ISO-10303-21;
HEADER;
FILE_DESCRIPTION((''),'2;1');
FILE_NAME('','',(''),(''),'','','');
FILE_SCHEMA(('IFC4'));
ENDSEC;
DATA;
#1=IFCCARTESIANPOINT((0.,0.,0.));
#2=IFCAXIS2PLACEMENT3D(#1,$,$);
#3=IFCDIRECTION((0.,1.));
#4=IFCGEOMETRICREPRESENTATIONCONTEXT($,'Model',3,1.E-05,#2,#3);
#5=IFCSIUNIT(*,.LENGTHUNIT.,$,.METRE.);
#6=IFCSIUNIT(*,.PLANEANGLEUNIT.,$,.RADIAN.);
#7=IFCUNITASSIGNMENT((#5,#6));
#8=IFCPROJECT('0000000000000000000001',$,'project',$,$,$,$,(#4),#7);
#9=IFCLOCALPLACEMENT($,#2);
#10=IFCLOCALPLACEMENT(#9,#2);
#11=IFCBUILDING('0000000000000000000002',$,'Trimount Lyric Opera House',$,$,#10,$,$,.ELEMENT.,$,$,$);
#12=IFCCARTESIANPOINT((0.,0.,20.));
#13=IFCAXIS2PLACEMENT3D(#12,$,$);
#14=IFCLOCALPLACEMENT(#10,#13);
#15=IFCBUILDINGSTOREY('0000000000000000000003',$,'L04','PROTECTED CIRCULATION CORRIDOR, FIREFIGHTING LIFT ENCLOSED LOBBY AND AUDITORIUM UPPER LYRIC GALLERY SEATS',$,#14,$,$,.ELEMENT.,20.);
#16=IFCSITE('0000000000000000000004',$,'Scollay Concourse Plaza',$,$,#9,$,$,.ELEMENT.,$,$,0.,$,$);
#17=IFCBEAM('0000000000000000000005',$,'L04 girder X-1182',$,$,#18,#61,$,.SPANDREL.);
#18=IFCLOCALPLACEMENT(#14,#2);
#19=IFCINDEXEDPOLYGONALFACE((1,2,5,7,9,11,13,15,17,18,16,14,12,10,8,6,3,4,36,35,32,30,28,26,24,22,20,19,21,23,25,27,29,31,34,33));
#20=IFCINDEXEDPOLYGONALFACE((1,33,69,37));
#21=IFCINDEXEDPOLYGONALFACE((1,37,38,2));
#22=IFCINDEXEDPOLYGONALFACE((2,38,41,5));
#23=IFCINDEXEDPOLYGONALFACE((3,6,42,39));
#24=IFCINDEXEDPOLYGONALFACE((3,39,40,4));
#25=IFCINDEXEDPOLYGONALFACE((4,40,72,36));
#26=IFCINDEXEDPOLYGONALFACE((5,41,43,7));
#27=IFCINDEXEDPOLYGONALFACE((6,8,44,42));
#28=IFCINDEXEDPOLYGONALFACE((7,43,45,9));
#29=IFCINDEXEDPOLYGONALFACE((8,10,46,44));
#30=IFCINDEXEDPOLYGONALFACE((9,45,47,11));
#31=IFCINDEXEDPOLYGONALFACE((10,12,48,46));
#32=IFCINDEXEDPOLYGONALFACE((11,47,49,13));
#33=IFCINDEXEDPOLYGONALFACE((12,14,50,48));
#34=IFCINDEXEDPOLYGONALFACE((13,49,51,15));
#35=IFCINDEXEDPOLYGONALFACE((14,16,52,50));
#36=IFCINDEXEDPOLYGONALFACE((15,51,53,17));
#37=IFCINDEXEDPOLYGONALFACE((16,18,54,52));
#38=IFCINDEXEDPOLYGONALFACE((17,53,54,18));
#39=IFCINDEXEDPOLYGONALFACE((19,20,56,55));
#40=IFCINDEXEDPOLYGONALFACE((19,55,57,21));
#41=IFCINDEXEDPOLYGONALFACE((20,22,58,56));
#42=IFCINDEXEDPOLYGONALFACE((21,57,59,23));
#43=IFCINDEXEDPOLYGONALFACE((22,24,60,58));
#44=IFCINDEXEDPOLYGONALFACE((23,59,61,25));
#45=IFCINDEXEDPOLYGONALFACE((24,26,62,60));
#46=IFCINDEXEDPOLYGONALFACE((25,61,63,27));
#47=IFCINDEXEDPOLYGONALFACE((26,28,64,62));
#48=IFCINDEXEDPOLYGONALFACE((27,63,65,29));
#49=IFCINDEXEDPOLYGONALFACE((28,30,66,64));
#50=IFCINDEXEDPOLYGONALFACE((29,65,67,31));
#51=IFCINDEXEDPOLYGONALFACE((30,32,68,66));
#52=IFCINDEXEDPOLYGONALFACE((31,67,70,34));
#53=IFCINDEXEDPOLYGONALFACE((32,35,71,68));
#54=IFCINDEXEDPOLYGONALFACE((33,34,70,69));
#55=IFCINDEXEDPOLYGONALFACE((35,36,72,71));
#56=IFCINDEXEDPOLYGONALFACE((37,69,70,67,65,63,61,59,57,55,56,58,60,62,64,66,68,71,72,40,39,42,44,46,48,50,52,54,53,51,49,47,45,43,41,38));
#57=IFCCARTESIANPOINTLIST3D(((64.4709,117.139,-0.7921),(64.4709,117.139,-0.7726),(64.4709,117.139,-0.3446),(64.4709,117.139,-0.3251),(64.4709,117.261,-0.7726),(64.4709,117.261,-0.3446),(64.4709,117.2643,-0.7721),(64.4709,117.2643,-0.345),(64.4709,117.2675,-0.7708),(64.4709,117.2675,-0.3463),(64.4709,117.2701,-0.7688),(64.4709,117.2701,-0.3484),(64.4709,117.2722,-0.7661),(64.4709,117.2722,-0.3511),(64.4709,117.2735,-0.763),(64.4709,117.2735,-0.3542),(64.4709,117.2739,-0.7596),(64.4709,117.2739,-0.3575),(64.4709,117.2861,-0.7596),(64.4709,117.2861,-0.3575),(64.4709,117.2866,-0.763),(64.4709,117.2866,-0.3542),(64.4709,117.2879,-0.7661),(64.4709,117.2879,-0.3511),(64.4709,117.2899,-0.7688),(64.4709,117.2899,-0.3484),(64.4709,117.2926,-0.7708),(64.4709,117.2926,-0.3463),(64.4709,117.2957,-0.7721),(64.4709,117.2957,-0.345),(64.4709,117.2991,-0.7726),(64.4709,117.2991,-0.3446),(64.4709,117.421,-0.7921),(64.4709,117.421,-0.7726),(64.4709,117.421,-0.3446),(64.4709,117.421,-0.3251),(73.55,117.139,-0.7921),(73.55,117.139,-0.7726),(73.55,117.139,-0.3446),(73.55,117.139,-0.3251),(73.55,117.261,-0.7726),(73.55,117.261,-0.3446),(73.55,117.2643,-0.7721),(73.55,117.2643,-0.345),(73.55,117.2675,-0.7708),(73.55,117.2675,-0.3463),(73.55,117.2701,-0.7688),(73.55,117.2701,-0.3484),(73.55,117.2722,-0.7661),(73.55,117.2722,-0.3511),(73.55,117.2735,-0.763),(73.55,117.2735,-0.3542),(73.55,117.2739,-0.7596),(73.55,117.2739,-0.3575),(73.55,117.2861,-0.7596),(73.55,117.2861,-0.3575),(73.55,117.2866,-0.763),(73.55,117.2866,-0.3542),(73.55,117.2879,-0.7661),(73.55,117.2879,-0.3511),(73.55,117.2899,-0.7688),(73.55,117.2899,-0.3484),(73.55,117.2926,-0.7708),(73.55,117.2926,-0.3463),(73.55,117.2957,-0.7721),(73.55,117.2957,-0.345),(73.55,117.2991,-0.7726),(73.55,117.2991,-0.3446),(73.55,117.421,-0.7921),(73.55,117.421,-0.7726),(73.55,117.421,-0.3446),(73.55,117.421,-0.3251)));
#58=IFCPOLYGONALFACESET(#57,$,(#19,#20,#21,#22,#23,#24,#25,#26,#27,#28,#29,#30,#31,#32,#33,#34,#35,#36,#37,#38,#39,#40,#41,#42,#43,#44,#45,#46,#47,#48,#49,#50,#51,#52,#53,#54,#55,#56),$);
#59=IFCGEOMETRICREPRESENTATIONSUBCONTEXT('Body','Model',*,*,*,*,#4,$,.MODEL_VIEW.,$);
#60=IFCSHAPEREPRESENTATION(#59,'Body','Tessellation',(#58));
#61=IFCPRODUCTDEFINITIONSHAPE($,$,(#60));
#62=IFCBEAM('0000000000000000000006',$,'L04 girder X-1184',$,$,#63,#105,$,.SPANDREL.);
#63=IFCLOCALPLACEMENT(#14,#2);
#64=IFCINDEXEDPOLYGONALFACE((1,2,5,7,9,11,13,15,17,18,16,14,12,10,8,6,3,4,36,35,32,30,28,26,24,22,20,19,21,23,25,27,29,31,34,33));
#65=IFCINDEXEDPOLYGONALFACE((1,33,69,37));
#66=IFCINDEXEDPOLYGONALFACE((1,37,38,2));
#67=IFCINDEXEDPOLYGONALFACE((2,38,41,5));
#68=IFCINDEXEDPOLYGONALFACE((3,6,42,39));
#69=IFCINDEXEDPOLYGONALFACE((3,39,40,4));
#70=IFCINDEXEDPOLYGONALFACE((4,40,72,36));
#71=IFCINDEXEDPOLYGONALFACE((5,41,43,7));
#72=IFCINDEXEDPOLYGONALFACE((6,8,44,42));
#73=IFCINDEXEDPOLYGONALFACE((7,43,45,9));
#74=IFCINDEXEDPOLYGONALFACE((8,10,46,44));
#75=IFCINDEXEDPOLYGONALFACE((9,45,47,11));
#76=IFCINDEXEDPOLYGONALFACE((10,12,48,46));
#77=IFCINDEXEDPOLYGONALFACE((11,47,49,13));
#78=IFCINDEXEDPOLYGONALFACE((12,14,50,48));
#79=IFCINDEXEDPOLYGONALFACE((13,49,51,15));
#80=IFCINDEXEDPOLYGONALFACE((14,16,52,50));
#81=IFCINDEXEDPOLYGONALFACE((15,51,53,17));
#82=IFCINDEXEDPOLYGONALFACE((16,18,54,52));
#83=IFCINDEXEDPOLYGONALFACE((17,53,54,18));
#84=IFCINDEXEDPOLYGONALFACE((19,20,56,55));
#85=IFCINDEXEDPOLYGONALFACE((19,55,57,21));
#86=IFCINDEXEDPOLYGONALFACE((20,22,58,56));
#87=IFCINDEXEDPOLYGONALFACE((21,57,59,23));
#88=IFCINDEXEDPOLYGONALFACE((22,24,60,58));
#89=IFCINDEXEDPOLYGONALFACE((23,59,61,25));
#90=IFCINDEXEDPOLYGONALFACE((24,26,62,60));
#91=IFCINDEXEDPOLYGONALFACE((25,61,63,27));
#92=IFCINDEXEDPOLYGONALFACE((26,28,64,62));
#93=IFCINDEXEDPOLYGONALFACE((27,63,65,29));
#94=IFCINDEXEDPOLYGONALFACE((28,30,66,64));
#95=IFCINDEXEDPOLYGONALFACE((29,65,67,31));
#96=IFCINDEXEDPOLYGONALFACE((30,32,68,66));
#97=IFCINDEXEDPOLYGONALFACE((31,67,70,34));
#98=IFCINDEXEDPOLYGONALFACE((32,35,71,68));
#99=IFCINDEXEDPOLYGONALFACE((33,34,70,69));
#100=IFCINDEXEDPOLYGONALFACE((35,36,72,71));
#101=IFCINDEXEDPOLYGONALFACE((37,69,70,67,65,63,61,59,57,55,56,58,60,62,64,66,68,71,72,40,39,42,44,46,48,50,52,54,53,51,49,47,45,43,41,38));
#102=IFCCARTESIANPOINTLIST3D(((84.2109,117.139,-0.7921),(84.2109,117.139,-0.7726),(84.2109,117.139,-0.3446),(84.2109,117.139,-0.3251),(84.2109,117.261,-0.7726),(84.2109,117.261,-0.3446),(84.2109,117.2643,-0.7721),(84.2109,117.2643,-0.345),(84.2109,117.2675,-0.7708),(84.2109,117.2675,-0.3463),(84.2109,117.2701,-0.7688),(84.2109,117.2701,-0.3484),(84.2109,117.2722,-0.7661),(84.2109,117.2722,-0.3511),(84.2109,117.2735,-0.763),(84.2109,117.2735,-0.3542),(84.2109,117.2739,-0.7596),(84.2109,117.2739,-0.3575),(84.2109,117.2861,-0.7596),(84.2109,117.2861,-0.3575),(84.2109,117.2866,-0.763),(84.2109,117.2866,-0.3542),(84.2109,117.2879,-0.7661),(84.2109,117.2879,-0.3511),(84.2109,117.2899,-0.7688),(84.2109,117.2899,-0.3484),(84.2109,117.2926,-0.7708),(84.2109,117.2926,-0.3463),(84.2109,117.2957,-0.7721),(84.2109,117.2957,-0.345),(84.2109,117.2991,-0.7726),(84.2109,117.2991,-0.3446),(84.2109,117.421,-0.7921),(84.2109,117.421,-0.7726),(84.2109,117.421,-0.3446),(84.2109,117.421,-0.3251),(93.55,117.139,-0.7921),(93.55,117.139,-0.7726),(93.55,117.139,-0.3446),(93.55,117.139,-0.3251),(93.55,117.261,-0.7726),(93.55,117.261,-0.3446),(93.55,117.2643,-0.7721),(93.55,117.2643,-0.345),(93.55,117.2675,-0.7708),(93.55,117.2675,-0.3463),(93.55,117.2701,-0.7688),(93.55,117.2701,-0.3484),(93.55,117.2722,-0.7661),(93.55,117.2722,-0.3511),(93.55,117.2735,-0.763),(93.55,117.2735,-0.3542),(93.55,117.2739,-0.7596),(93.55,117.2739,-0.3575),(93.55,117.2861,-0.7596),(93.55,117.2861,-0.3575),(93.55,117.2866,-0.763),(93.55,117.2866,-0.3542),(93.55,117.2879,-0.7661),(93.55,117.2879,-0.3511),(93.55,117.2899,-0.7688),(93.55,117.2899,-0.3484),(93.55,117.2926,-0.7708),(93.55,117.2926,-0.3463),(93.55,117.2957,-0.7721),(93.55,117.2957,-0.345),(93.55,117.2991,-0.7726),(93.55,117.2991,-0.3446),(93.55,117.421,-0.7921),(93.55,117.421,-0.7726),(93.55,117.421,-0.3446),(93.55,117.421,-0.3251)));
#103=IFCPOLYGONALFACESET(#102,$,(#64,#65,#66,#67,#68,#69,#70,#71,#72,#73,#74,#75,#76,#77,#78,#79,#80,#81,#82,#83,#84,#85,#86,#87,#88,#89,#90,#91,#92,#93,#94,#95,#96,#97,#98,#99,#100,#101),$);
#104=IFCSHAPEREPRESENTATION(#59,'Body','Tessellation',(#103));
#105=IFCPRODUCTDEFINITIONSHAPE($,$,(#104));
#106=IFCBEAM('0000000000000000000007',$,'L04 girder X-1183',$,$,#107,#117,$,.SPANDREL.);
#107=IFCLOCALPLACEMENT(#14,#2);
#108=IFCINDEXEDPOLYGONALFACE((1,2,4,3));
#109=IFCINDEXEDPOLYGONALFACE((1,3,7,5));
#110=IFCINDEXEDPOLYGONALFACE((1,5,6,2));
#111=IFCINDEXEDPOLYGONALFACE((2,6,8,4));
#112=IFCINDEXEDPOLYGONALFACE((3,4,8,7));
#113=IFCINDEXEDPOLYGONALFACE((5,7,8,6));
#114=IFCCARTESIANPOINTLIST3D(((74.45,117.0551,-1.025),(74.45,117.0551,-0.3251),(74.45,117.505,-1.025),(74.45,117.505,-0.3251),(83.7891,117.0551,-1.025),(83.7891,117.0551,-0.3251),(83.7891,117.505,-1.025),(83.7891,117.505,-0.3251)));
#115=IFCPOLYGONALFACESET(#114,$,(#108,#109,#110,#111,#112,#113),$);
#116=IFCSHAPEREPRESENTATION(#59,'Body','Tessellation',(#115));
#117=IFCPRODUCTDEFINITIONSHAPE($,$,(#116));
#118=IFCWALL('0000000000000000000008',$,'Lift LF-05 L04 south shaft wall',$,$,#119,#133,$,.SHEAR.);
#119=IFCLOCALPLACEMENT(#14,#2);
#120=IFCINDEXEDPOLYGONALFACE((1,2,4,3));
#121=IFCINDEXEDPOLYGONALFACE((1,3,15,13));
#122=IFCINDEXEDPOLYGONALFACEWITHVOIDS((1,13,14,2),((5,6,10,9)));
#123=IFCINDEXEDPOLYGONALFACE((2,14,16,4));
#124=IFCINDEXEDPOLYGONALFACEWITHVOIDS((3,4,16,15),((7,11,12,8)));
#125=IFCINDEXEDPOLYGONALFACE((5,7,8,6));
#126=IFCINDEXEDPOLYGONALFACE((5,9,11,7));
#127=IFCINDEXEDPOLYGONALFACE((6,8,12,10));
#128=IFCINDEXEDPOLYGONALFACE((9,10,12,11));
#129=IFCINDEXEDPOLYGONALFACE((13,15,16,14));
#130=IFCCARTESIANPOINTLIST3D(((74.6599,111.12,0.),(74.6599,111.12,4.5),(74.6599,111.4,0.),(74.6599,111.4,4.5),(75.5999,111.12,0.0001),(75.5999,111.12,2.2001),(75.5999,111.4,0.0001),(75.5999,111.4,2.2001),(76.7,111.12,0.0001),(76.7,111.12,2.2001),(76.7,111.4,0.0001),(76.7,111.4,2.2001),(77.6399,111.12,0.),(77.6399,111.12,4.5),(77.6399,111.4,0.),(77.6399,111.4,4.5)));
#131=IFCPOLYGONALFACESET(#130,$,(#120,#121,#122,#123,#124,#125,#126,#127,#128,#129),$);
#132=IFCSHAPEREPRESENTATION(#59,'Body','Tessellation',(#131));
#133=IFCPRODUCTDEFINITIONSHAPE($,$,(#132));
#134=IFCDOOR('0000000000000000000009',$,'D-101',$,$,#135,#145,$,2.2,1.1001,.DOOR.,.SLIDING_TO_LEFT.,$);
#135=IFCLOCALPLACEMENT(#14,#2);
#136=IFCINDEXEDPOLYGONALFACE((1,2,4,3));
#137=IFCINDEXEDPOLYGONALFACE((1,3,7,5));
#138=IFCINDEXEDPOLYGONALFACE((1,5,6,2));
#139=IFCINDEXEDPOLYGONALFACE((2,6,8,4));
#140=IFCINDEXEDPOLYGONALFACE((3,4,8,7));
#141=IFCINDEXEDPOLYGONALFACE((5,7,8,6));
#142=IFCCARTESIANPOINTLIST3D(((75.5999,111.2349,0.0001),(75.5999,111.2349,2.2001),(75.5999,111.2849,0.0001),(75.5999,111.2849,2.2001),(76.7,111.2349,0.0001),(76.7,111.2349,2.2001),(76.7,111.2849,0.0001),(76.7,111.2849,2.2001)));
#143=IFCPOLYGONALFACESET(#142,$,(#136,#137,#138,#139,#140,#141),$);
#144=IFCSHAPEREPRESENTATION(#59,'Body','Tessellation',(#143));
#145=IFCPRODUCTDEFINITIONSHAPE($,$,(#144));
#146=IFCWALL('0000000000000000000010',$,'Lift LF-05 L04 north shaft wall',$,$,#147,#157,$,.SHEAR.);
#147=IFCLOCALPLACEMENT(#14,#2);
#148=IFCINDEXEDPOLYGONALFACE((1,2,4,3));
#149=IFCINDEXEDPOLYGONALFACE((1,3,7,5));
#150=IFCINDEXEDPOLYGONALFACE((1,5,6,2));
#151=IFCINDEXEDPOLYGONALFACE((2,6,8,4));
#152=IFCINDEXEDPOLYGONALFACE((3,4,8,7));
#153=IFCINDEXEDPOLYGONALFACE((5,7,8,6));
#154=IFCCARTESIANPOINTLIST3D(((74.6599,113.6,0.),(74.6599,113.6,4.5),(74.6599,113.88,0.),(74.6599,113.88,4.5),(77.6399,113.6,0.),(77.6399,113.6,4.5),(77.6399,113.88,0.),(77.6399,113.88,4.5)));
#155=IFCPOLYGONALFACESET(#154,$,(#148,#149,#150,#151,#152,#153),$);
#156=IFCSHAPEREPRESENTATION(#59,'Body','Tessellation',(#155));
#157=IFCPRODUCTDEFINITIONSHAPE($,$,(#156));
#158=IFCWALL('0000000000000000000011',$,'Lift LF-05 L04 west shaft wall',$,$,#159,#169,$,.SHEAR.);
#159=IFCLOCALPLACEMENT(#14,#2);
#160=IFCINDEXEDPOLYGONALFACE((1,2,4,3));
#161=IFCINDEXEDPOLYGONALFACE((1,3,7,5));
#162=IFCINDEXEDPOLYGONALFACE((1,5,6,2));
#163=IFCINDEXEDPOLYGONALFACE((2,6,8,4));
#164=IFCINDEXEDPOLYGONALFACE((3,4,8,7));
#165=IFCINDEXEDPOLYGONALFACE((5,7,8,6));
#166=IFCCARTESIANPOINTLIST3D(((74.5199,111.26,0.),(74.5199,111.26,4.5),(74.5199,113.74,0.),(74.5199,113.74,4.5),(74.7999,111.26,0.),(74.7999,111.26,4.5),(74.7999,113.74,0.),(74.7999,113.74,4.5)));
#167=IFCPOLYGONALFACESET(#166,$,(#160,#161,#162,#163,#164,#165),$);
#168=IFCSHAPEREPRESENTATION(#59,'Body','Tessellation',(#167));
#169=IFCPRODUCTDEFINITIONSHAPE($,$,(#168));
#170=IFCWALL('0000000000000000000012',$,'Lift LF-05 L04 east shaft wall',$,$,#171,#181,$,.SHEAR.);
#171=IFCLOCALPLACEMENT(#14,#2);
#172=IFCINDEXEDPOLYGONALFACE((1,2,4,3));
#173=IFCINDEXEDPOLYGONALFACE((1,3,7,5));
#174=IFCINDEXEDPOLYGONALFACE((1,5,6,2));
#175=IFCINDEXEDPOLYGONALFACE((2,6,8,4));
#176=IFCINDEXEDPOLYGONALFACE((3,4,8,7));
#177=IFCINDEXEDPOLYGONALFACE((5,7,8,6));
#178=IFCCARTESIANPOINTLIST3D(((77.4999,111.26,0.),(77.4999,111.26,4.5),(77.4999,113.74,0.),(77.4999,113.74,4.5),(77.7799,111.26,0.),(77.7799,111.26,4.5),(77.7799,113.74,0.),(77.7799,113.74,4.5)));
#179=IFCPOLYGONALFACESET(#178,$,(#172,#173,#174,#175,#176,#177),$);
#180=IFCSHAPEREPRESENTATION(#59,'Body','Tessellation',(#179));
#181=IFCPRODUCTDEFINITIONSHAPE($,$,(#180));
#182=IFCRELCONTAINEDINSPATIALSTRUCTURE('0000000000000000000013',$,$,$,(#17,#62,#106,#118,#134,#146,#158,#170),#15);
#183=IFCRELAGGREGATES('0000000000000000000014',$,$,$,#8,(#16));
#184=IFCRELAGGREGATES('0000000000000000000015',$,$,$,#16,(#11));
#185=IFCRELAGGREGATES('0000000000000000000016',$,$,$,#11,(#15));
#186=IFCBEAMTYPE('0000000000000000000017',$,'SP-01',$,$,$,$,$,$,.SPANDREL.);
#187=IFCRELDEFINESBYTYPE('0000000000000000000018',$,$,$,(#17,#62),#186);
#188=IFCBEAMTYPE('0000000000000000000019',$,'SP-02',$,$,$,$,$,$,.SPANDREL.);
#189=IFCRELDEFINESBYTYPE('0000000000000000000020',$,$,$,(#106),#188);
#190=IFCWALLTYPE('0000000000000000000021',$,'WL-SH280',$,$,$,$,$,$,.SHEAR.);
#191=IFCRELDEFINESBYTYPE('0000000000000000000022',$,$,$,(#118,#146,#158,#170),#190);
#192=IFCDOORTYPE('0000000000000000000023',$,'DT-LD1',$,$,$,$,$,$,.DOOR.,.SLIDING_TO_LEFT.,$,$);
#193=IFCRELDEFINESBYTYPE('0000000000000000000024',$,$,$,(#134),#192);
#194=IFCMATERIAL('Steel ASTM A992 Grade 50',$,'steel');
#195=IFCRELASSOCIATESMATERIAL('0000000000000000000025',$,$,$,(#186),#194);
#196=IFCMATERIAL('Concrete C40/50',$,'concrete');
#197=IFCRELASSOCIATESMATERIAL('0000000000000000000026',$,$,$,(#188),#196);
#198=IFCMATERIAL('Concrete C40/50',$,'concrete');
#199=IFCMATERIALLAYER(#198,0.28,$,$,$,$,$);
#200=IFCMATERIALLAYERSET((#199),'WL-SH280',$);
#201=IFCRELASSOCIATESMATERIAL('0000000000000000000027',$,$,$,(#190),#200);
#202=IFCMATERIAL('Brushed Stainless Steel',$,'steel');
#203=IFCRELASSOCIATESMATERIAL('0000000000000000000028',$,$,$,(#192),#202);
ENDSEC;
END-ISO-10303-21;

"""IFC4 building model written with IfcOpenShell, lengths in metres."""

from ifc_helpers import new_model, si_unit, direction, frame, frame_2d, origin, origin_2d, place, context, subcontext, project, spatial, rectangle, i_section, extrude, material, layer, layer_set, material_profile, profile_set, type_object, element, fill, save


model = new_model("IFC4")

# Units and contexts
model_context = context("Model", 3, precision=1e-05, world=origin(), true_north=direction((0.0, 1.0)))
body_context = subcontext(model_context, "Body", "Model", "MODEL_VIEW")
ifc_project = project(units=[si_unit("LENGTHUNIT", "METRE"), si_unit("PLANEANGLEUNIT", "RADIAN")], contexts=[model_context])

# Site, building, storey
site_placement = place(None, origin())
site = spatial("IfcSite", under=ifc_project, at=site_placement, Name="Scollay Concourse Plaza", CompositionType="ELEMENT", RefElevation=0.0)
building_placement = place(site_placement, origin())
building = spatial("IfcBuilding", under=site, at=building_placement, Name="Trimount Lyric Opera House", CompositionType="ELEMENT")
storey_placement = place(building_placement, frame((0.0, 0.0, 20.0)))
storey = spatial("IfcBuildingStorey", under=building, at=storey_placement, Name="L04", Description="PROTECTED CIRCULATION CORRIDOR, FIREFIGHTING LIFT ENCLOSED LOBBY AND AUDITORIUM UPPER LYRIC GALLERY SEATS", CompositionType="ELEMENT", Elevation=20.0)

# Beams
ifc_material_1 = material(Name="Steel ASTM A992 Grade 50", Category="steel")
ifc_material_profile_1 = material_profile(ifc_material_1, i_section(OverallWidth=0.282, OverallDepth=0.467, WebThickness=0.0122, FlangeThickness=0.0195, FilletRadius=0.0129, at=origin_2d()), Name="W18X86")
ifc_profile_set_1 = profile_set([ifc_material_profile_1], Name="Steel ASTM A992 Grade 50")
beam_type_1 = type_object("IfcBeamType", Name="SP-01", PredefinedType="SPANDREL", material=ifc_profile_set_1)
beam_1_placement = place(storey_placement, frame((64.4709, 117.28, -0.5586), z_axis=(1.0, 0.0, 0.0), x_axis=(0.0, 1.0, 0.0)))
element("IfcBeam", 1, at=beam_1_placement, inside=storey, type_object=beam_type_1, Name="L04 girder X-1182", PredefinedType="SPANDREL", context=body_context, shape_type="SweptSolid", body=[
    extrude(i_section(OverallWidth=0.282, OverallDepth=0.467, WebThickness=0.0122, FlangeThickness=0.0195, FilletRadius=0.0129, at=origin_2d()), origin(), (0.0, 0.0, 1.0), 9.0791),
])
beam_2_placement = place(storey_placement, frame((84.2109, 117.28, -0.5586), z_axis=(1.0, 0.0, 0.0), x_axis=(0.0, 1.0, 0.0)))
element("IfcBeam", 2, at=beam_2_placement, inside=storey, type_object=beam_type_1, Name="L04 girder X-1184", PredefinedType="SPANDREL", context=body_context, shape_type="SweptSolid", body=[
    extrude(i_section(OverallWidth=0.282, OverallDepth=0.467, WebThickness=0.0122, FlangeThickness=0.0195, FilletRadius=0.0129, at=origin_2d()), origin(), (0.0, 0.0, 1.0), 9.3391),
])
ifc_material_2 = material(Name="Concrete C40/50", Category="concrete")
ifc_material_profile_2 = material_profile(ifc_material_2, rectangle(XDim=0.45, YDim=0.7, at=origin_2d()), Name="RC450X700")
ifc_profile_set_2 = profile_set([ifc_material_profile_2], Name="Concrete C40/50")
beam_type_2 = type_object("IfcBeamType", Name="SP-02", PredefinedType="SPANDREL", material=ifc_profile_set_2)
beam_3_placement = place(storey_placement, frame((74.45, 117.28, -0.675), z_axis=(1.0, 0.0, 0.0), x_axis=(0.0, 1.0, 0.0)))
element("IfcBeam", 3, at=beam_3_placement, inside=storey, type_object=beam_type_2, Name="L04 girder X-1183", PredefinedType="SPANDREL", context=body_context, shape_type="SweptSolid", body=[
    extrude(rectangle(XDim=0.45, YDim=0.7, at=origin_2d()), origin(), (0.0, 0.0, 1.0), 9.3391),
])

# Wall, opening, door
ifc_material_3 = material(Name="Concrete C40/50", Category="concrete")
ifc_layer_1 = layer(ifc_material_3, 0.28)
ifc_layer_set_1 = layer_set([ifc_layer_1], Name="WL-SH280")
wall_type_1 = type_object("IfcWallType", Name="WL-SH280", PredefinedType="SHEAR", material=ifc_layer_set_1)
wall_1_placement = place(storey_placement, frame((74.6599, 111.26, 0.0), z_axis=(0.0, 0.0, 1.0), x_axis=(1.0, 0.0, 0.0)))
wall_1 = element("IfcWall", 4, at=wall_1_placement, inside=storey, type_object=wall_type_1, Name="Lift LF-05 L04 south shaft wall", PredefinedType="SHEAR", context=body_context, shape_type="SweptSolid", body=[
    extrude(rectangle(XDim=2.98, YDim=0.28, at=frame_2d((1.49, 0.0))), origin(), (0.0, 0.0, 1.0), 4.5),
])
opening_1_placement = place(wall_1_placement, frame((0.9399, 0.0, 0.0)))
opening_1 = element("IfcOpeningElement", 5, at=opening_1_placement, cuts=wall_1, PredefinedType="OPENING", context=body_context, shape_type="SweptSolid", body=[
    extrude(rectangle(XDim=1.1001, YDim=2.2, at=frame_2d((0.55, 1.1001))), frame((0.0, 0.1499, 0.0), z_axis=(0.0, -1.0, 0.0), x_axis=(1.0, 0.0, 0.0)), (0.0, 0.0, 1.0), 0.3),
])
ifc_material_4 = material(Name="Brushed Stainless Steel", Category="steel")
door_type_1 = type_object("IfcDoorType", Name="DT-LD1", OperationType="SLIDING_TO_LEFT", PredefinedType="DOOR", material=ifc_material_4)
door_1_placement = place(opening_1_placement, origin())
door_1 = element("IfcDoor", 6, at=door_1_placement, inside=storey, type_object=door_type_1, Name="D-101", OperationType="SLIDING_TO_LEFT", OverallHeight=2.2, OverallWidth=1.1001, PredefinedType="DOOR", context=body_context, shape_type="SweptSolid", body=[
    extrude(rectangle(XDim=1.1001, YDim=2.2, at=frame_2d((0.55, 1.1001))), frame((0.0, 0.0249, 0.0), z_axis=(0.0, -1.0, 0.0), x_axis=(1.0, 0.0, 0.0)), (0.0, 0.0, 1.0), 0.05),
])
fill(opening_1, door_1)

# Walls
wall_2_placement = place(storey_placement, frame((77.6399, 113.74, 0.0), z_axis=(0.0, 0.0, 1.0), x_axis=(-1.0, 0.0, 0.0)))
element("IfcWall", 7, at=wall_2_placement, inside=storey, type_object=wall_type_1, Name="Lift LF-05 L04 north shaft wall", PredefinedType="SHEAR", context=body_context, shape_type="SweptSolid", body=[
    extrude(rectangle(XDim=2.98, YDim=0.28, at=frame_2d((1.49, 0.0))), origin(), (0.0, 0.0, 1.0), 4.5),
])
for number, where, z_axis, x_axis, name in (
    (8, (74.6599, 113.74, 0.0), (0.0, 0.0, 1.0), (0.0, -1.0, 0.0), "Lift LF-05 L04 west shaft wall"),
    (9, (77.6399, 111.26, 0.0), (0.0, 0.0, 1.0), (0.0, 1.0, 0.0), "Lift LF-05 L04 east shaft wall"),
):
    element("IfcWall", number, at=place(storey_placement, frame(where, z_axis=z_axis, x_axis=x_axis)), inside=storey, type_object=wall_type_1, Name=name, PredefinedType="SHEAR", context=body_context, shape_type="SweptSolid", body=[
        extrude(rectangle(XDim=2.48, YDim=0.28, at=frame_2d((1.24, 0.0))), origin(), (0.0, 0.0, 1.0), 4.5),
    ])

save(model, "model.ifc")
